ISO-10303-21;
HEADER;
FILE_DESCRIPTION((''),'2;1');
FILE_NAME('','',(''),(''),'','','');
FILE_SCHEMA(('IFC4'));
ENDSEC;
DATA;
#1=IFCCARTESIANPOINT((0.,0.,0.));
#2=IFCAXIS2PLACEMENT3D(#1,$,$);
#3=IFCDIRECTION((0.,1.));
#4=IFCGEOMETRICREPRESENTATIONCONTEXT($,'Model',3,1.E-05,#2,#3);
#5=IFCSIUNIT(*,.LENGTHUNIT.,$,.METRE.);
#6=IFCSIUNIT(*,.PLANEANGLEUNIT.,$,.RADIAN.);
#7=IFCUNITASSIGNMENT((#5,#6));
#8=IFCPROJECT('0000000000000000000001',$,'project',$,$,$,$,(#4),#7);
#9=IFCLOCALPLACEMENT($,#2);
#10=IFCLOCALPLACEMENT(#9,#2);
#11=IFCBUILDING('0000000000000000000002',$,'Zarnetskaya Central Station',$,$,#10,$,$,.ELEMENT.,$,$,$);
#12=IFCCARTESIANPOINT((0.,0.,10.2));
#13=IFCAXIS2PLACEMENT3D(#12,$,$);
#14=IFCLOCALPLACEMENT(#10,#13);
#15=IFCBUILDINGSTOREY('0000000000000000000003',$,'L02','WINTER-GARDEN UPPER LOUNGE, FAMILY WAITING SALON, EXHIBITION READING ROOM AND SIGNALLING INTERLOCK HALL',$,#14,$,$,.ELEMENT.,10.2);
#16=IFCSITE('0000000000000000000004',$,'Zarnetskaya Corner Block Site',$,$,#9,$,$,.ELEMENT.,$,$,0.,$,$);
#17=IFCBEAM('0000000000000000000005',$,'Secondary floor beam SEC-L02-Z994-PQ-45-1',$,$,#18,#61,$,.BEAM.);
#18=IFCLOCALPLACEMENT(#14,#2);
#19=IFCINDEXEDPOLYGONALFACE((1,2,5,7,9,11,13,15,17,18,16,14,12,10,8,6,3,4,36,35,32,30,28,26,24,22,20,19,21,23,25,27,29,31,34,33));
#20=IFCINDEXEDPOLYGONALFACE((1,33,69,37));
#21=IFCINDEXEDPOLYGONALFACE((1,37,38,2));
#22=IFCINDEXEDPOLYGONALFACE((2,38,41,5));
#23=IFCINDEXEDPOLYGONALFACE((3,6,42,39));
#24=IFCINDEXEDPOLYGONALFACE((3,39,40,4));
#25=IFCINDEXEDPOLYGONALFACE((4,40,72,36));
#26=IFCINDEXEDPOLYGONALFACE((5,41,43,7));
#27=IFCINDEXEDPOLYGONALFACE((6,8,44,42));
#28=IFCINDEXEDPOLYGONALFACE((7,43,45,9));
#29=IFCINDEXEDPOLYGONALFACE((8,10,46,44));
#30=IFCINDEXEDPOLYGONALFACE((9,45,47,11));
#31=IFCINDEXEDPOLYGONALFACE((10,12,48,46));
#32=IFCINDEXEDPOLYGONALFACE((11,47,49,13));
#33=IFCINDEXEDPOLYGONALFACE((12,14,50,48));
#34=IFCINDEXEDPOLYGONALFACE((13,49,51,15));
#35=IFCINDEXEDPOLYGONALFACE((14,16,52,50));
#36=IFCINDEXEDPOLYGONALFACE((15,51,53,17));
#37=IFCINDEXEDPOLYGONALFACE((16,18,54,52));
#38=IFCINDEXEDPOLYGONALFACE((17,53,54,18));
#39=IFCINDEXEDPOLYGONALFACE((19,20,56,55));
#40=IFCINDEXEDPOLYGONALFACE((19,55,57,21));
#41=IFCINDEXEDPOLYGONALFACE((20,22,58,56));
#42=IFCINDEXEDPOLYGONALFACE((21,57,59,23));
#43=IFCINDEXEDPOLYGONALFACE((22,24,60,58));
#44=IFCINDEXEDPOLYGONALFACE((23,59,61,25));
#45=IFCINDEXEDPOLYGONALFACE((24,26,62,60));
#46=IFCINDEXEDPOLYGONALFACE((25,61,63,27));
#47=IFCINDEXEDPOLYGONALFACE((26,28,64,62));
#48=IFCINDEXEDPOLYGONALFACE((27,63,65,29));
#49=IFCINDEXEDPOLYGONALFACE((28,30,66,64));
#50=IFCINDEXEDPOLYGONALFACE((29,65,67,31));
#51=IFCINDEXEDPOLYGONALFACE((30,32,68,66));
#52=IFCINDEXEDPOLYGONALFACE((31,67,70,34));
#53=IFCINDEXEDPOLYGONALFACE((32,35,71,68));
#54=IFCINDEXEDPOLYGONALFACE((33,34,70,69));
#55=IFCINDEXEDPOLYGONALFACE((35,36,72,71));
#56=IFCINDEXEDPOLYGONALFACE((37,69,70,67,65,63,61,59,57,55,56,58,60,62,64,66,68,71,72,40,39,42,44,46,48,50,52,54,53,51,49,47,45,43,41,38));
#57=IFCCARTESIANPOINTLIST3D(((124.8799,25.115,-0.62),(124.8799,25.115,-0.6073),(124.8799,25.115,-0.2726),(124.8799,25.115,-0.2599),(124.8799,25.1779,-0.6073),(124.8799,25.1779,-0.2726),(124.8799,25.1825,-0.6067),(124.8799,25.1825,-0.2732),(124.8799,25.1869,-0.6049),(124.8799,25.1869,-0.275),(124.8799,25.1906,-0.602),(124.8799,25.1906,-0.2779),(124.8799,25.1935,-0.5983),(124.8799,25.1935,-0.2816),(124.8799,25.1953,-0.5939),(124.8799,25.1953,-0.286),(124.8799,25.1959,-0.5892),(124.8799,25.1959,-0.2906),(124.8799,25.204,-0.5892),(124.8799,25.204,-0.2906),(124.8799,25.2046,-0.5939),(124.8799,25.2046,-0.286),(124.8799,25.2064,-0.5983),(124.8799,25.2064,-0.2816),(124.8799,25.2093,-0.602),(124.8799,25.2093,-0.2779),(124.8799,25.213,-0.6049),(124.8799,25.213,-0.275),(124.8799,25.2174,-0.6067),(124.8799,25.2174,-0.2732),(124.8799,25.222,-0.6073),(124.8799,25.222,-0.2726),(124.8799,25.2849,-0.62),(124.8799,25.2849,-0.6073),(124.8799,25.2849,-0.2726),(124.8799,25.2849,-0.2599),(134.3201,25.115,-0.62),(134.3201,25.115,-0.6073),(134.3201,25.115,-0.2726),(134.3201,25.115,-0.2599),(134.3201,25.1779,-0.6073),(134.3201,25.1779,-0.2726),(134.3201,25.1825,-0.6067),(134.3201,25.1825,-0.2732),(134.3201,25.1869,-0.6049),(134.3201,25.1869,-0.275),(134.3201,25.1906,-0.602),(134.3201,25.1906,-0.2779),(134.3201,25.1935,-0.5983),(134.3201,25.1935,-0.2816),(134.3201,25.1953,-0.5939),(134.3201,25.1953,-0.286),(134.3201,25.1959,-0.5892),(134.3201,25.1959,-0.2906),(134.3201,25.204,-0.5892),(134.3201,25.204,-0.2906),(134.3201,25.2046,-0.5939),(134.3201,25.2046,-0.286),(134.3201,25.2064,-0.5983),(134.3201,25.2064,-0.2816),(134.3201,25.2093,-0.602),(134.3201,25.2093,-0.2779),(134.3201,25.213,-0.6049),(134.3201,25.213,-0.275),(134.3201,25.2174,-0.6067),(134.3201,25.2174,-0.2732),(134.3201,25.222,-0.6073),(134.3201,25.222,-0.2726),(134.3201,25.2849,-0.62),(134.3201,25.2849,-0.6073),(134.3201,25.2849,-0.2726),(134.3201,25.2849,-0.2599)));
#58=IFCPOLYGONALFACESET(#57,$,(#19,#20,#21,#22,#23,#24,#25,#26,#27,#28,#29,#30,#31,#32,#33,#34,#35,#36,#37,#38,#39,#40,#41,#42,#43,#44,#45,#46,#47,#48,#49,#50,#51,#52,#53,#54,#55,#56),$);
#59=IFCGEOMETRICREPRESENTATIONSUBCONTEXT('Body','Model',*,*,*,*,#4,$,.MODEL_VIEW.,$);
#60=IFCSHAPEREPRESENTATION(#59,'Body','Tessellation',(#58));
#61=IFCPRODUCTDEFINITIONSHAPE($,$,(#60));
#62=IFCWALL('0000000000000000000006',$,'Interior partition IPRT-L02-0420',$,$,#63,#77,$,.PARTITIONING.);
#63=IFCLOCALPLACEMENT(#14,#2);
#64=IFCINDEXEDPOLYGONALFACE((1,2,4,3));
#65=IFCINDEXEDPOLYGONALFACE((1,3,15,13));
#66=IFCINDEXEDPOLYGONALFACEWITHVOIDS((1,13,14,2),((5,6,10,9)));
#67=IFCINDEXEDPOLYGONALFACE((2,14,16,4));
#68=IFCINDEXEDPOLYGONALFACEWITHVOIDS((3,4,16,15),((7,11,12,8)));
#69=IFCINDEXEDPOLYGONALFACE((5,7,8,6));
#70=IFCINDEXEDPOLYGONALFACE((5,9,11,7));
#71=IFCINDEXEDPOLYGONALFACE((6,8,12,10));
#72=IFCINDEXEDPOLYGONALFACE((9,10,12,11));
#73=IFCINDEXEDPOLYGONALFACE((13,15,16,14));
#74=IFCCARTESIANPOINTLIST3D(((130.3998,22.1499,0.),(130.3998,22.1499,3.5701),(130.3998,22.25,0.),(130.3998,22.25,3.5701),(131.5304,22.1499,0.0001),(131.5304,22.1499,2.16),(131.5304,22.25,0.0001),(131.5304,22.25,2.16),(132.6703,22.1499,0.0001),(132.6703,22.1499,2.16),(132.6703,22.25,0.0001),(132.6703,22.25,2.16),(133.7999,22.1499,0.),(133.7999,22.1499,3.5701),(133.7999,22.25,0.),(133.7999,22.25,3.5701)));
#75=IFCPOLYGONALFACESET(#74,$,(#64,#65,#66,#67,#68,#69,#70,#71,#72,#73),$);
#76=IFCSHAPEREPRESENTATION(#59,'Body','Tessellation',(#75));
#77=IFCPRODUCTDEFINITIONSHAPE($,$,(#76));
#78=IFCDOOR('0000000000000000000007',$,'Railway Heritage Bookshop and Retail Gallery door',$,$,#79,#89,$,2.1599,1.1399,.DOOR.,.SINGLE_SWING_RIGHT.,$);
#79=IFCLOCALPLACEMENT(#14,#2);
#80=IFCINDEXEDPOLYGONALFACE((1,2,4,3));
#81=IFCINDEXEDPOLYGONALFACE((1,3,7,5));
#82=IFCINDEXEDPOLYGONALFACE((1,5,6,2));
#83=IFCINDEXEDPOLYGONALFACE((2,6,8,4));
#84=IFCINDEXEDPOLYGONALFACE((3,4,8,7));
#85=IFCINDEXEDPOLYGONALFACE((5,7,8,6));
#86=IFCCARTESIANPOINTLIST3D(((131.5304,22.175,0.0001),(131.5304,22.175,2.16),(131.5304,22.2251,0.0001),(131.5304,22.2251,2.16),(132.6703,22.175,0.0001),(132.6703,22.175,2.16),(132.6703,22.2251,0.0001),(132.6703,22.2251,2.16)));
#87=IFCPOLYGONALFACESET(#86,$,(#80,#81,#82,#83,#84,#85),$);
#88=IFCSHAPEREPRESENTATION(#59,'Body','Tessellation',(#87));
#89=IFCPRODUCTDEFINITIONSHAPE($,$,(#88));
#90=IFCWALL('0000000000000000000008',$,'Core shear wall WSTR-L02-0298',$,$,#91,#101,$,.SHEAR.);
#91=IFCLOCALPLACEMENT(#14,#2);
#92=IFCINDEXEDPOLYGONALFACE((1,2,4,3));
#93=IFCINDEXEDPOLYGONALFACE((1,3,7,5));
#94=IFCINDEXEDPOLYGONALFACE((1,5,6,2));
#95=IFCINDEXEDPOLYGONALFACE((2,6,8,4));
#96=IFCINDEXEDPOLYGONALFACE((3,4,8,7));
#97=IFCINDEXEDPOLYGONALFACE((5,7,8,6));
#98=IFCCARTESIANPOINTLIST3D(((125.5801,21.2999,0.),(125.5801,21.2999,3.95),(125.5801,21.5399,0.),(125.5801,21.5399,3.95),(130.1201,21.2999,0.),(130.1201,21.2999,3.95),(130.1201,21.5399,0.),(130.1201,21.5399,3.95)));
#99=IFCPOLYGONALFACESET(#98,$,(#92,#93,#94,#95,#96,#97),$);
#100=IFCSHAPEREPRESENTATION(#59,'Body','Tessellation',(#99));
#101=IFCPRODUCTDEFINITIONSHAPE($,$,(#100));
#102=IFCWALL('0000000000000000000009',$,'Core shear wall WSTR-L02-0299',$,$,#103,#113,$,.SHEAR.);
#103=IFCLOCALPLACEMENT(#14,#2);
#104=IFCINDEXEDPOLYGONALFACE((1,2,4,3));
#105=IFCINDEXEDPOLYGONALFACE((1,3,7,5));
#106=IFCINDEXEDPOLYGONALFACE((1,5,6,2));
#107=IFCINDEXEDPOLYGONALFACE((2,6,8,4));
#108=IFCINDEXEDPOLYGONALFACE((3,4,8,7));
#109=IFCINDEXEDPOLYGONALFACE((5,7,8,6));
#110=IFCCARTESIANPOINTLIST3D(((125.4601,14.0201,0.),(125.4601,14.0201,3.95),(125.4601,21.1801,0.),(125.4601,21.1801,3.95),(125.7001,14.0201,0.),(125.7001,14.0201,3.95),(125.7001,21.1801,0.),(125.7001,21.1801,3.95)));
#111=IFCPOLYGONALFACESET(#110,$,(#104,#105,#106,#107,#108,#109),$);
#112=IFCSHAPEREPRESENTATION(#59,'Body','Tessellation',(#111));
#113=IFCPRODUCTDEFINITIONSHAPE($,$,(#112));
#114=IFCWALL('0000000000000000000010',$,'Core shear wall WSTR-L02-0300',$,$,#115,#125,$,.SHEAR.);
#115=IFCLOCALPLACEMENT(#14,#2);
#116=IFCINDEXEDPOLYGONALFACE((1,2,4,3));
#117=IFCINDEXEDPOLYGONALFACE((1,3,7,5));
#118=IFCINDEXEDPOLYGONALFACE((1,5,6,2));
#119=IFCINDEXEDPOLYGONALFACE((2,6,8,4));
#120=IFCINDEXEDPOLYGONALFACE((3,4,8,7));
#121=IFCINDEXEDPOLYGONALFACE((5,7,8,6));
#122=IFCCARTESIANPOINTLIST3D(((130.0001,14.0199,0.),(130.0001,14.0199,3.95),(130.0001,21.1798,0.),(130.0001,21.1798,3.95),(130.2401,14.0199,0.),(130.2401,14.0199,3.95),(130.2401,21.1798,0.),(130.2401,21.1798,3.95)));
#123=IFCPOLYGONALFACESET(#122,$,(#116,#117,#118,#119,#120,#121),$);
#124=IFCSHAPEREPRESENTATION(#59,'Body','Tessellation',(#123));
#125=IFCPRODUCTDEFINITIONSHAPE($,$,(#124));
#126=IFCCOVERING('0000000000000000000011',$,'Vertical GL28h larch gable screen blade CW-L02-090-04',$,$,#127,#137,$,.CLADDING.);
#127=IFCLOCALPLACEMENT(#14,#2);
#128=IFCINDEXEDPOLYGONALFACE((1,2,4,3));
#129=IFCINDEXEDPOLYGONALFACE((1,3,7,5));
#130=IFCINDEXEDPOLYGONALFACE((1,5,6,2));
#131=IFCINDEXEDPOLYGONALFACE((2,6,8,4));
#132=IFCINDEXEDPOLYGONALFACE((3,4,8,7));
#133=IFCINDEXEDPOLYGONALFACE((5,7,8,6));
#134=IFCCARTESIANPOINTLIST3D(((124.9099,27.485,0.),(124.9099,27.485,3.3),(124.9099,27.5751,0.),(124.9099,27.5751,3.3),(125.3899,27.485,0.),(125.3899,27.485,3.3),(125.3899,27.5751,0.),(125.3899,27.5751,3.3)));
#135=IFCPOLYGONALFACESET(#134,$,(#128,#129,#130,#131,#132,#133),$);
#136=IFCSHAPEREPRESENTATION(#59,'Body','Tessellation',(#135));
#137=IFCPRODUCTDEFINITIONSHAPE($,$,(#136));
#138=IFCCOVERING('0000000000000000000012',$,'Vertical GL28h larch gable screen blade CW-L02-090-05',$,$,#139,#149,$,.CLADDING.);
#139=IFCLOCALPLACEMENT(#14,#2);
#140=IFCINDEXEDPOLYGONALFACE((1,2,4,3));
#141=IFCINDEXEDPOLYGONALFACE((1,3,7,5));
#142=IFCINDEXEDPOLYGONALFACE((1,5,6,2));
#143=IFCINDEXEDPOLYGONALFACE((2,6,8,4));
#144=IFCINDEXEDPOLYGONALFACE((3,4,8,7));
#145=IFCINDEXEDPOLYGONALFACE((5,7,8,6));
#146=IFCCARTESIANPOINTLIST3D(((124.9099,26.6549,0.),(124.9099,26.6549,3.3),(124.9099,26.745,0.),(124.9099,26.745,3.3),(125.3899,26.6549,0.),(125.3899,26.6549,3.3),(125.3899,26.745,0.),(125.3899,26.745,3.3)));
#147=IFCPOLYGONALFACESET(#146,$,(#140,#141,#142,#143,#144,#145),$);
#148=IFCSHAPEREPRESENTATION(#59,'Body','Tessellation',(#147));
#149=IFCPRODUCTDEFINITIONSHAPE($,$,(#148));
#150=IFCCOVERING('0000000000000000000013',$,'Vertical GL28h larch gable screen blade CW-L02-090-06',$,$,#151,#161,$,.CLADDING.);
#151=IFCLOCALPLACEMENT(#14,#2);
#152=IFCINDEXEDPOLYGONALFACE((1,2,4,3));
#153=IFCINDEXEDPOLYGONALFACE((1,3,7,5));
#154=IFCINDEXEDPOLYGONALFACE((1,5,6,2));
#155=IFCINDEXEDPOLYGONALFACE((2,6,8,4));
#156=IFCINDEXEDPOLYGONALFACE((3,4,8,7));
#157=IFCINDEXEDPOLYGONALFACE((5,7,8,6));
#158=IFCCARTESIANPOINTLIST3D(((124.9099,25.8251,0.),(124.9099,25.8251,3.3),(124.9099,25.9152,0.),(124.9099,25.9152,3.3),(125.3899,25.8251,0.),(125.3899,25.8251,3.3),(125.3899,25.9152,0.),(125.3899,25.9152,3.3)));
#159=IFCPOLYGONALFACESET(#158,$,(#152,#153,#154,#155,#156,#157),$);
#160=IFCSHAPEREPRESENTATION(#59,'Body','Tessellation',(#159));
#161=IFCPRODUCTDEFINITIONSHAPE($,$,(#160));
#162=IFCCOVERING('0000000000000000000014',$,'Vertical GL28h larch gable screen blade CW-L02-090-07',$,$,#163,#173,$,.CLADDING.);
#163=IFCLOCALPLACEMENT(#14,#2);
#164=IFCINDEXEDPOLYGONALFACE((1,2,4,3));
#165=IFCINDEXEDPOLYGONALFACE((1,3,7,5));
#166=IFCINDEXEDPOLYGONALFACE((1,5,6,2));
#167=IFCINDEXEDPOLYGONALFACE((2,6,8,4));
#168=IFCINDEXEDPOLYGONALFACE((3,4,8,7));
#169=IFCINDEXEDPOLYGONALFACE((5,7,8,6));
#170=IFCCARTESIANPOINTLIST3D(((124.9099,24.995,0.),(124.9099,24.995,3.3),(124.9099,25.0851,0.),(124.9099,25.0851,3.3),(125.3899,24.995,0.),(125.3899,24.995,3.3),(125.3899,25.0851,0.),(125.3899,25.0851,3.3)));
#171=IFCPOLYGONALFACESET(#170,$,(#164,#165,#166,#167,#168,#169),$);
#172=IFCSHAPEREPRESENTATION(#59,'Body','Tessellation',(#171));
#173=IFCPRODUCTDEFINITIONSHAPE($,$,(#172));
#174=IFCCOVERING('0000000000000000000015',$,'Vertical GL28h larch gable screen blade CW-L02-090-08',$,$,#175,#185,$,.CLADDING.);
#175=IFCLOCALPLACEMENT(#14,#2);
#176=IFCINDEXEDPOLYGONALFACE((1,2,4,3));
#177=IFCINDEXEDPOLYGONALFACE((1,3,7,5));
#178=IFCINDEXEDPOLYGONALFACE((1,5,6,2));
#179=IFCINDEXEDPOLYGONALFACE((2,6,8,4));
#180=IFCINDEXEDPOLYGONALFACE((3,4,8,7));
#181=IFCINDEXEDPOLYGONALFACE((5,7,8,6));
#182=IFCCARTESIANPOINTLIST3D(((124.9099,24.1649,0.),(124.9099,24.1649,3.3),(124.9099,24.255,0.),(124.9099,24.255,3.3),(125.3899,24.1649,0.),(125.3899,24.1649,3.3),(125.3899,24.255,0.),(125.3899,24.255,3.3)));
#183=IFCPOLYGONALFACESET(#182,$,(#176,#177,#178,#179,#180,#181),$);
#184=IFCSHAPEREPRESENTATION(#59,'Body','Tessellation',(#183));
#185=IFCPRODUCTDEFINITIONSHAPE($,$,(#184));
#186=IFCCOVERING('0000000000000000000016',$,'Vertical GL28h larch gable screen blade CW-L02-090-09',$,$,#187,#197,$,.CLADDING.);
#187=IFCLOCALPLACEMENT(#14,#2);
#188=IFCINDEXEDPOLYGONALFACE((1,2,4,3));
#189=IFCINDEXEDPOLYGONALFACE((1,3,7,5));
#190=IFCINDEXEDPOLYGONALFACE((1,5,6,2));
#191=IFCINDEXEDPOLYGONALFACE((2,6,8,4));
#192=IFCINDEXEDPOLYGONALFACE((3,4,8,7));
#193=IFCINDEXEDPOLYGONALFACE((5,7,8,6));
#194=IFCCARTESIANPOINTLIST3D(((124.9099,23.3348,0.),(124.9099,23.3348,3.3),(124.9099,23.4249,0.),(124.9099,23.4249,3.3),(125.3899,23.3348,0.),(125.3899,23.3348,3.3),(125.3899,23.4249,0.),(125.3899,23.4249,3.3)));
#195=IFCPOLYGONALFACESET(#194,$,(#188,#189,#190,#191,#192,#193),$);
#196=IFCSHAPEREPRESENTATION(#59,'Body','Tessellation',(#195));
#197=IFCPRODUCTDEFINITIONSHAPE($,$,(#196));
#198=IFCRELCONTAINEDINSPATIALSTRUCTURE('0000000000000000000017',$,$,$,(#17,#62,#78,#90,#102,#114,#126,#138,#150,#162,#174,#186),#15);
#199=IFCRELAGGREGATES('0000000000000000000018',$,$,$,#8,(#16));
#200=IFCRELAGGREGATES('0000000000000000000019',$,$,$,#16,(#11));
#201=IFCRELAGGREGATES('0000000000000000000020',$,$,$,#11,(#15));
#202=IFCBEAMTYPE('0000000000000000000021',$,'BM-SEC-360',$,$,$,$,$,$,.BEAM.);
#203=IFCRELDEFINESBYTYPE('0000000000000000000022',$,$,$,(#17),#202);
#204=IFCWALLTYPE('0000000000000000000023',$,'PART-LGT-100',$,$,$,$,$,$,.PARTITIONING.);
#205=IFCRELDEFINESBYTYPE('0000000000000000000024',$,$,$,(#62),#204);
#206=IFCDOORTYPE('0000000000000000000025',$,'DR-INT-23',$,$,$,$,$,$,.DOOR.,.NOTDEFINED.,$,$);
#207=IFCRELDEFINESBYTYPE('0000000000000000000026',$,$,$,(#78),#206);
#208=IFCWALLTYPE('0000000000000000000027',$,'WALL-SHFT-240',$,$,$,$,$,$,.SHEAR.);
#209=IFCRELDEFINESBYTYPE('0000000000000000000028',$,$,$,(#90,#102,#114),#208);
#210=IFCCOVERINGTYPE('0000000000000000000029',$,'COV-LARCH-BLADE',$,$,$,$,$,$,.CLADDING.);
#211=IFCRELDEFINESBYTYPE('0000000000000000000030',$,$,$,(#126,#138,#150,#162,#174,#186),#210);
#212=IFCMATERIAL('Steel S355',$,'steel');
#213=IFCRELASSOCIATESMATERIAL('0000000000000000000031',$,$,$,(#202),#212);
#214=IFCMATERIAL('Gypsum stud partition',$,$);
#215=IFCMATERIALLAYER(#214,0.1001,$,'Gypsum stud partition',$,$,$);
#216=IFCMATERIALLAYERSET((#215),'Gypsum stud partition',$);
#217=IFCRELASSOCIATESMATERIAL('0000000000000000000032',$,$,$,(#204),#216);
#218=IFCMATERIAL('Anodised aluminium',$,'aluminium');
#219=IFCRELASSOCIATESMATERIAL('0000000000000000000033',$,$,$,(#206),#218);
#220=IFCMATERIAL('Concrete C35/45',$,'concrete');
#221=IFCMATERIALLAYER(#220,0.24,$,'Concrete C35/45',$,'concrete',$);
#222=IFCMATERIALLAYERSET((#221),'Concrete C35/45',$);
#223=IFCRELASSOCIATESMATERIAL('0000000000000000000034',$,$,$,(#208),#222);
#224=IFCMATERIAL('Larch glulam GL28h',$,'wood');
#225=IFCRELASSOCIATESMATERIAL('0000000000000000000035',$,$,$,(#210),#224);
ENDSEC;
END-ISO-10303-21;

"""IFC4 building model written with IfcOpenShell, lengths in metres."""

from ifc_helpers import new_model, si_unit, direction, frame, frame_2d, origin, origin_2d, place, context, subcontext, project, spatial, rectangle, i_section, extrude, material, layer, layer_set, material_profile, profile_set, type_object, element, fill, save


model = new_model("IFC4")

# Units and contexts
model_context = context("Model", 3, precision=1e-05, world=origin(), true_north=direction((0.0, 1.0)))
body_context = subcontext(model_context, "Body", "Model", "MODEL_VIEW")
ifc_project = project(units=[si_unit("LENGTHUNIT", "METRE"), si_unit("PLANEANGLEUNIT", "RADIAN")], contexts=[model_context])

# Site, building, storey
site_placement = place(None, origin())
site = spatial("IfcSite", under=ifc_project, at=site_placement, Name="Zarnetskaya Corner Block Site", CompositionType="ELEMENT", RefElevation=0.0)
building_placement = place(site_placement, origin())
building = spatial("IfcBuilding", under=site, at=building_placement, Name="Zarnetskaya Central Station", CompositionType="ELEMENT")
storey_placement = place(building_placement, frame((0.0, 0.0, 10.2)))
storey = spatial("IfcBuildingStorey", under=building, at=storey_placement, Name="L02", Description="WINTER-GARDEN UPPER LOUNGE, FAMILY WAITING SALON, EXHIBITION READING ROOM AND SIGNALLING INTERLOCK HALL", CompositionType="ELEMENT", Elevation=10.2)

# Beam
ifc_material_1 = material(Name="Steel S355", Category="steel")
ifc_material_profile = material_profile(ifc_material_1, i_section(OverallWidth=0.1699, OverallDepth=0.3601, WebThickness=0.0081, FlangeThickness=0.0127, FilletRadius=0.0181, at=origin_2d()), Name="IPE 360")
ifc_profile_set = profile_set([ifc_material_profile], Name="Steel S355")
beam_type = type_object("IfcBeamType", Name="BM-SEC-360", PredefinedType="BEAM", material=ifc_profile_set)
beam_placement = place(storey_placement, frame((124.8799, 25.2, -0.4399), z_axis=(1.0, 0.0, 0.0), x_axis=(0.0, 1.0, 0.0)))
element("IfcBeam", 1, at=beam_placement, inside=storey, type_object=beam_type, Name="Secondary floor beam SEC-L02-Z994-PQ-45-1", PredefinedType="BEAM", context=body_context, shape_type="SweptSolid", body=[
    extrude(i_section(OverallWidth=0.1699, OverallDepth=0.3601, WebThickness=0.0081, FlangeThickness=0.0127, FilletRadius=0.0181, at=origin_2d()), origin(), (0.0, 0.0, 1.0), 9.4402),
])

# Wall, opening, door
ifc_material_2 = material(Name="Gypsum stud partition")
ifc_layer_1 = layer(ifc_material_2, 0.1001, Name="Gypsum stud partition")
ifc_layer_set_1 = layer_set([ifc_layer_1], Name="Gypsum stud partition")
wall_type_1 = type_object("IfcWallType", Name="PART-LGT-100", PredefinedType="PARTITIONING", material=ifc_layer_set_1)
wall_1_placement = place(storey_placement, frame((133.8, 22.2, 0.0), z_axis=(0.0, 0.0, 1.0), x_axis=(-1.0, 0.0, 0.0)))
wall_1 = element("IfcWall", 2, at=wall_1_placement, inside=storey, type_object=wall_type_1, Name="Interior partition IPRT-L02-0420", PredefinedType="PARTITIONING", context=body_context, shape_type="SweptSolid", body=[
    extrude(rectangle(XDim=3.4001, YDim=0.1001, at=frame_2d((1.7002, 0.0))), origin(), (0.0, 0.0, 1.0), 3.5701),
])
opening_1_placement = place(wall_1_placement, frame((1.1299, 0.0, 0.0)))
opening_1 = element("IfcOpeningElement", 3, at=opening_1_placement, cuts=wall_1, PredefinedType="OPENING", context=body_context, shape_type="SweptSolid", body=[
    extrude(rectangle(XDim=1.1399, YDim=2.1599, at=frame_2d((0.5698, 1.0801))), frame((0.0, 0.0601, 0.0), z_axis=(0.0, -1.0, 0.0), x_axis=(1.0, 0.0, 0.0)), (0.0, 0.0, 1.0), 0.1201),
])
ifc_material_3 = material(Name="Anodised aluminium", Category="aluminium")
door_type_1 = type_object("IfcDoorType", Name="DR-INT-23", OperationType="NOTDEFINED", PredefinedType="DOOR", material=ifc_material_3)
door_1_placement = place(opening_1_placement, origin())
door_1 = element("IfcDoor", 4, at=door_1_placement, inside=storey, type_object=door_type_1, Name="Railway Heritage Bookshop and Retail Gallery door", OperationType="SINGLE_SWING_RIGHT", OverallHeight=2.1599, OverallWidth=1.1399, PredefinedType="DOOR", context=body_context, shape_type="SweptSolid", body=[
    extrude(rectangle(XDim=1.1399, YDim=2.1599, at=frame_2d((0.5698, 1.0801))), frame((0.0, 0.0249, 0.0), z_axis=(0.0, -1.0, 0.0), x_axis=(1.0, 0.0, 0.0)), (0.0, 0.0, 1.0), 0.05),
])
fill(opening_1, door_1)
ifc_material_4 = material(Name="Concrete C35/45", Category="concrete")
ifc_layer_2 = layer(ifc_material_4, 0.24, Name="Concrete C35/45", Category="concrete")
ifc_layer_set_2 = layer_set([ifc_layer_2], Name="Concrete C35/45")
wall_type_2 = type_object("IfcWallType", Name="WALL-SHFT-240", PredefinedType="SHEAR", material=ifc_layer_set_2)

# Walls
wall_2_placement = place(storey_placement, frame((125.5801, 21.4199, 0.0), z_axis=(0.0, 0.0, 1.0), x_axis=(1.0, 0.0, 0.0)))
element("IfcWall", 5, at=wall_2_placement, inside=storey, type_object=wall_type_2, Name="Core shear wall WSTR-L02-0298", PredefinedType="SHEAR", context=body_context, shape_type="SweptSolid", body=[
    extrude(rectangle(XDim=4.54, YDim=0.24, at=frame_2d((2.27, 0.0))), origin(), (0.0, 0.0, 1.0), 3.95),
])
for number, where, z_axis, x_axis, name in (
    (6, (125.5801, 14.02, 0.0), (0.0, 0.0, 1.0), (0.0, 1.0, 0.0), "Core shear wall WSTR-L02-0299"),
    (7, (130.1201, 21.1799, 0.0), (0.0, 0.0, 1.0), (0.0, -1.0, 0.0), "Core shear wall WSTR-L02-0300"),
):
    element("IfcWall", number, at=place(storey_placement, frame(where, z_axis=z_axis, x_axis=x_axis)), inside=storey, type_object=wall_type_2, Name=name, PredefinedType="SHEAR", context=body_context, shape_type="SweptSolid", body=[
        extrude(rectangle(XDim=7.1599, YDim=0.24, at=frame_2d((3.5801, 0.0))), origin(), (0.0, 0.0, 1.0), 3.95),
    ])

# Coverings
ifc_material_5 = material(Name="Larch glulam GL28h", Category="wood")
covering_type = type_object("IfcCoveringType", Name="COV-LARCH-BLADE", PredefinedType="CLADDING", material=ifc_material_5)
for number, where, z_axis, x_axis, name in (
    (8, (125.1499, 27.53, 0.0), (0.0, 0.0, 1.0), (0.0, -1.0, 0.0), "Vertical GL28h larch gable screen blade CW-L02-090-04"),
    (9, (125.1499, 26.7, 0.0), (0.0, 0.0, 1.0), (0.0, -1.0, 0.0), "Vertical GL28h larch gable screen blade CW-L02-090-05"),
    (10, (125.1499, 25.8701, 0.0), (0.0, 0.0, 1.0), (0.0, -1.0, 0.0), "Vertical GL28h larch gable screen blade CW-L02-090-06"),
    (11, (125.1499, 25.04, 0.0), (0.0, 0.0, 1.0), (0.0, -1.0, 0.0), "Vertical GL28h larch gable screen blade CW-L02-090-07"),
    (12, (125.1499, 24.21, 0.0), (0.0, 0.0, 1.0), (0.0, -1.0, 0.0), "Vertical GL28h larch gable screen blade CW-L02-090-08"),
    (13, (125.1499, 23.3799, 0.0), (0.0, 0.0, 1.0), (0.0, -1.0, 0.0), "Vertical GL28h larch gable screen blade CW-L02-090-09"),
):
    element("IfcCovering", number, at=place(storey_placement, frame(where, z_axis=z_axis, x_axis=x_axis)), inside=storey, type_object=covering_type, Name=name, PredefinedType="CLADDING", context=body_context, shape_type="SweptSolid", body=[
        extrude(rectangle(XDim=0.0901, YDim=0.48, at=origin_2d()), origin(), (0.0, 0.0, 1.0), 3.3),
    ])

save(model, "model.ifc")
